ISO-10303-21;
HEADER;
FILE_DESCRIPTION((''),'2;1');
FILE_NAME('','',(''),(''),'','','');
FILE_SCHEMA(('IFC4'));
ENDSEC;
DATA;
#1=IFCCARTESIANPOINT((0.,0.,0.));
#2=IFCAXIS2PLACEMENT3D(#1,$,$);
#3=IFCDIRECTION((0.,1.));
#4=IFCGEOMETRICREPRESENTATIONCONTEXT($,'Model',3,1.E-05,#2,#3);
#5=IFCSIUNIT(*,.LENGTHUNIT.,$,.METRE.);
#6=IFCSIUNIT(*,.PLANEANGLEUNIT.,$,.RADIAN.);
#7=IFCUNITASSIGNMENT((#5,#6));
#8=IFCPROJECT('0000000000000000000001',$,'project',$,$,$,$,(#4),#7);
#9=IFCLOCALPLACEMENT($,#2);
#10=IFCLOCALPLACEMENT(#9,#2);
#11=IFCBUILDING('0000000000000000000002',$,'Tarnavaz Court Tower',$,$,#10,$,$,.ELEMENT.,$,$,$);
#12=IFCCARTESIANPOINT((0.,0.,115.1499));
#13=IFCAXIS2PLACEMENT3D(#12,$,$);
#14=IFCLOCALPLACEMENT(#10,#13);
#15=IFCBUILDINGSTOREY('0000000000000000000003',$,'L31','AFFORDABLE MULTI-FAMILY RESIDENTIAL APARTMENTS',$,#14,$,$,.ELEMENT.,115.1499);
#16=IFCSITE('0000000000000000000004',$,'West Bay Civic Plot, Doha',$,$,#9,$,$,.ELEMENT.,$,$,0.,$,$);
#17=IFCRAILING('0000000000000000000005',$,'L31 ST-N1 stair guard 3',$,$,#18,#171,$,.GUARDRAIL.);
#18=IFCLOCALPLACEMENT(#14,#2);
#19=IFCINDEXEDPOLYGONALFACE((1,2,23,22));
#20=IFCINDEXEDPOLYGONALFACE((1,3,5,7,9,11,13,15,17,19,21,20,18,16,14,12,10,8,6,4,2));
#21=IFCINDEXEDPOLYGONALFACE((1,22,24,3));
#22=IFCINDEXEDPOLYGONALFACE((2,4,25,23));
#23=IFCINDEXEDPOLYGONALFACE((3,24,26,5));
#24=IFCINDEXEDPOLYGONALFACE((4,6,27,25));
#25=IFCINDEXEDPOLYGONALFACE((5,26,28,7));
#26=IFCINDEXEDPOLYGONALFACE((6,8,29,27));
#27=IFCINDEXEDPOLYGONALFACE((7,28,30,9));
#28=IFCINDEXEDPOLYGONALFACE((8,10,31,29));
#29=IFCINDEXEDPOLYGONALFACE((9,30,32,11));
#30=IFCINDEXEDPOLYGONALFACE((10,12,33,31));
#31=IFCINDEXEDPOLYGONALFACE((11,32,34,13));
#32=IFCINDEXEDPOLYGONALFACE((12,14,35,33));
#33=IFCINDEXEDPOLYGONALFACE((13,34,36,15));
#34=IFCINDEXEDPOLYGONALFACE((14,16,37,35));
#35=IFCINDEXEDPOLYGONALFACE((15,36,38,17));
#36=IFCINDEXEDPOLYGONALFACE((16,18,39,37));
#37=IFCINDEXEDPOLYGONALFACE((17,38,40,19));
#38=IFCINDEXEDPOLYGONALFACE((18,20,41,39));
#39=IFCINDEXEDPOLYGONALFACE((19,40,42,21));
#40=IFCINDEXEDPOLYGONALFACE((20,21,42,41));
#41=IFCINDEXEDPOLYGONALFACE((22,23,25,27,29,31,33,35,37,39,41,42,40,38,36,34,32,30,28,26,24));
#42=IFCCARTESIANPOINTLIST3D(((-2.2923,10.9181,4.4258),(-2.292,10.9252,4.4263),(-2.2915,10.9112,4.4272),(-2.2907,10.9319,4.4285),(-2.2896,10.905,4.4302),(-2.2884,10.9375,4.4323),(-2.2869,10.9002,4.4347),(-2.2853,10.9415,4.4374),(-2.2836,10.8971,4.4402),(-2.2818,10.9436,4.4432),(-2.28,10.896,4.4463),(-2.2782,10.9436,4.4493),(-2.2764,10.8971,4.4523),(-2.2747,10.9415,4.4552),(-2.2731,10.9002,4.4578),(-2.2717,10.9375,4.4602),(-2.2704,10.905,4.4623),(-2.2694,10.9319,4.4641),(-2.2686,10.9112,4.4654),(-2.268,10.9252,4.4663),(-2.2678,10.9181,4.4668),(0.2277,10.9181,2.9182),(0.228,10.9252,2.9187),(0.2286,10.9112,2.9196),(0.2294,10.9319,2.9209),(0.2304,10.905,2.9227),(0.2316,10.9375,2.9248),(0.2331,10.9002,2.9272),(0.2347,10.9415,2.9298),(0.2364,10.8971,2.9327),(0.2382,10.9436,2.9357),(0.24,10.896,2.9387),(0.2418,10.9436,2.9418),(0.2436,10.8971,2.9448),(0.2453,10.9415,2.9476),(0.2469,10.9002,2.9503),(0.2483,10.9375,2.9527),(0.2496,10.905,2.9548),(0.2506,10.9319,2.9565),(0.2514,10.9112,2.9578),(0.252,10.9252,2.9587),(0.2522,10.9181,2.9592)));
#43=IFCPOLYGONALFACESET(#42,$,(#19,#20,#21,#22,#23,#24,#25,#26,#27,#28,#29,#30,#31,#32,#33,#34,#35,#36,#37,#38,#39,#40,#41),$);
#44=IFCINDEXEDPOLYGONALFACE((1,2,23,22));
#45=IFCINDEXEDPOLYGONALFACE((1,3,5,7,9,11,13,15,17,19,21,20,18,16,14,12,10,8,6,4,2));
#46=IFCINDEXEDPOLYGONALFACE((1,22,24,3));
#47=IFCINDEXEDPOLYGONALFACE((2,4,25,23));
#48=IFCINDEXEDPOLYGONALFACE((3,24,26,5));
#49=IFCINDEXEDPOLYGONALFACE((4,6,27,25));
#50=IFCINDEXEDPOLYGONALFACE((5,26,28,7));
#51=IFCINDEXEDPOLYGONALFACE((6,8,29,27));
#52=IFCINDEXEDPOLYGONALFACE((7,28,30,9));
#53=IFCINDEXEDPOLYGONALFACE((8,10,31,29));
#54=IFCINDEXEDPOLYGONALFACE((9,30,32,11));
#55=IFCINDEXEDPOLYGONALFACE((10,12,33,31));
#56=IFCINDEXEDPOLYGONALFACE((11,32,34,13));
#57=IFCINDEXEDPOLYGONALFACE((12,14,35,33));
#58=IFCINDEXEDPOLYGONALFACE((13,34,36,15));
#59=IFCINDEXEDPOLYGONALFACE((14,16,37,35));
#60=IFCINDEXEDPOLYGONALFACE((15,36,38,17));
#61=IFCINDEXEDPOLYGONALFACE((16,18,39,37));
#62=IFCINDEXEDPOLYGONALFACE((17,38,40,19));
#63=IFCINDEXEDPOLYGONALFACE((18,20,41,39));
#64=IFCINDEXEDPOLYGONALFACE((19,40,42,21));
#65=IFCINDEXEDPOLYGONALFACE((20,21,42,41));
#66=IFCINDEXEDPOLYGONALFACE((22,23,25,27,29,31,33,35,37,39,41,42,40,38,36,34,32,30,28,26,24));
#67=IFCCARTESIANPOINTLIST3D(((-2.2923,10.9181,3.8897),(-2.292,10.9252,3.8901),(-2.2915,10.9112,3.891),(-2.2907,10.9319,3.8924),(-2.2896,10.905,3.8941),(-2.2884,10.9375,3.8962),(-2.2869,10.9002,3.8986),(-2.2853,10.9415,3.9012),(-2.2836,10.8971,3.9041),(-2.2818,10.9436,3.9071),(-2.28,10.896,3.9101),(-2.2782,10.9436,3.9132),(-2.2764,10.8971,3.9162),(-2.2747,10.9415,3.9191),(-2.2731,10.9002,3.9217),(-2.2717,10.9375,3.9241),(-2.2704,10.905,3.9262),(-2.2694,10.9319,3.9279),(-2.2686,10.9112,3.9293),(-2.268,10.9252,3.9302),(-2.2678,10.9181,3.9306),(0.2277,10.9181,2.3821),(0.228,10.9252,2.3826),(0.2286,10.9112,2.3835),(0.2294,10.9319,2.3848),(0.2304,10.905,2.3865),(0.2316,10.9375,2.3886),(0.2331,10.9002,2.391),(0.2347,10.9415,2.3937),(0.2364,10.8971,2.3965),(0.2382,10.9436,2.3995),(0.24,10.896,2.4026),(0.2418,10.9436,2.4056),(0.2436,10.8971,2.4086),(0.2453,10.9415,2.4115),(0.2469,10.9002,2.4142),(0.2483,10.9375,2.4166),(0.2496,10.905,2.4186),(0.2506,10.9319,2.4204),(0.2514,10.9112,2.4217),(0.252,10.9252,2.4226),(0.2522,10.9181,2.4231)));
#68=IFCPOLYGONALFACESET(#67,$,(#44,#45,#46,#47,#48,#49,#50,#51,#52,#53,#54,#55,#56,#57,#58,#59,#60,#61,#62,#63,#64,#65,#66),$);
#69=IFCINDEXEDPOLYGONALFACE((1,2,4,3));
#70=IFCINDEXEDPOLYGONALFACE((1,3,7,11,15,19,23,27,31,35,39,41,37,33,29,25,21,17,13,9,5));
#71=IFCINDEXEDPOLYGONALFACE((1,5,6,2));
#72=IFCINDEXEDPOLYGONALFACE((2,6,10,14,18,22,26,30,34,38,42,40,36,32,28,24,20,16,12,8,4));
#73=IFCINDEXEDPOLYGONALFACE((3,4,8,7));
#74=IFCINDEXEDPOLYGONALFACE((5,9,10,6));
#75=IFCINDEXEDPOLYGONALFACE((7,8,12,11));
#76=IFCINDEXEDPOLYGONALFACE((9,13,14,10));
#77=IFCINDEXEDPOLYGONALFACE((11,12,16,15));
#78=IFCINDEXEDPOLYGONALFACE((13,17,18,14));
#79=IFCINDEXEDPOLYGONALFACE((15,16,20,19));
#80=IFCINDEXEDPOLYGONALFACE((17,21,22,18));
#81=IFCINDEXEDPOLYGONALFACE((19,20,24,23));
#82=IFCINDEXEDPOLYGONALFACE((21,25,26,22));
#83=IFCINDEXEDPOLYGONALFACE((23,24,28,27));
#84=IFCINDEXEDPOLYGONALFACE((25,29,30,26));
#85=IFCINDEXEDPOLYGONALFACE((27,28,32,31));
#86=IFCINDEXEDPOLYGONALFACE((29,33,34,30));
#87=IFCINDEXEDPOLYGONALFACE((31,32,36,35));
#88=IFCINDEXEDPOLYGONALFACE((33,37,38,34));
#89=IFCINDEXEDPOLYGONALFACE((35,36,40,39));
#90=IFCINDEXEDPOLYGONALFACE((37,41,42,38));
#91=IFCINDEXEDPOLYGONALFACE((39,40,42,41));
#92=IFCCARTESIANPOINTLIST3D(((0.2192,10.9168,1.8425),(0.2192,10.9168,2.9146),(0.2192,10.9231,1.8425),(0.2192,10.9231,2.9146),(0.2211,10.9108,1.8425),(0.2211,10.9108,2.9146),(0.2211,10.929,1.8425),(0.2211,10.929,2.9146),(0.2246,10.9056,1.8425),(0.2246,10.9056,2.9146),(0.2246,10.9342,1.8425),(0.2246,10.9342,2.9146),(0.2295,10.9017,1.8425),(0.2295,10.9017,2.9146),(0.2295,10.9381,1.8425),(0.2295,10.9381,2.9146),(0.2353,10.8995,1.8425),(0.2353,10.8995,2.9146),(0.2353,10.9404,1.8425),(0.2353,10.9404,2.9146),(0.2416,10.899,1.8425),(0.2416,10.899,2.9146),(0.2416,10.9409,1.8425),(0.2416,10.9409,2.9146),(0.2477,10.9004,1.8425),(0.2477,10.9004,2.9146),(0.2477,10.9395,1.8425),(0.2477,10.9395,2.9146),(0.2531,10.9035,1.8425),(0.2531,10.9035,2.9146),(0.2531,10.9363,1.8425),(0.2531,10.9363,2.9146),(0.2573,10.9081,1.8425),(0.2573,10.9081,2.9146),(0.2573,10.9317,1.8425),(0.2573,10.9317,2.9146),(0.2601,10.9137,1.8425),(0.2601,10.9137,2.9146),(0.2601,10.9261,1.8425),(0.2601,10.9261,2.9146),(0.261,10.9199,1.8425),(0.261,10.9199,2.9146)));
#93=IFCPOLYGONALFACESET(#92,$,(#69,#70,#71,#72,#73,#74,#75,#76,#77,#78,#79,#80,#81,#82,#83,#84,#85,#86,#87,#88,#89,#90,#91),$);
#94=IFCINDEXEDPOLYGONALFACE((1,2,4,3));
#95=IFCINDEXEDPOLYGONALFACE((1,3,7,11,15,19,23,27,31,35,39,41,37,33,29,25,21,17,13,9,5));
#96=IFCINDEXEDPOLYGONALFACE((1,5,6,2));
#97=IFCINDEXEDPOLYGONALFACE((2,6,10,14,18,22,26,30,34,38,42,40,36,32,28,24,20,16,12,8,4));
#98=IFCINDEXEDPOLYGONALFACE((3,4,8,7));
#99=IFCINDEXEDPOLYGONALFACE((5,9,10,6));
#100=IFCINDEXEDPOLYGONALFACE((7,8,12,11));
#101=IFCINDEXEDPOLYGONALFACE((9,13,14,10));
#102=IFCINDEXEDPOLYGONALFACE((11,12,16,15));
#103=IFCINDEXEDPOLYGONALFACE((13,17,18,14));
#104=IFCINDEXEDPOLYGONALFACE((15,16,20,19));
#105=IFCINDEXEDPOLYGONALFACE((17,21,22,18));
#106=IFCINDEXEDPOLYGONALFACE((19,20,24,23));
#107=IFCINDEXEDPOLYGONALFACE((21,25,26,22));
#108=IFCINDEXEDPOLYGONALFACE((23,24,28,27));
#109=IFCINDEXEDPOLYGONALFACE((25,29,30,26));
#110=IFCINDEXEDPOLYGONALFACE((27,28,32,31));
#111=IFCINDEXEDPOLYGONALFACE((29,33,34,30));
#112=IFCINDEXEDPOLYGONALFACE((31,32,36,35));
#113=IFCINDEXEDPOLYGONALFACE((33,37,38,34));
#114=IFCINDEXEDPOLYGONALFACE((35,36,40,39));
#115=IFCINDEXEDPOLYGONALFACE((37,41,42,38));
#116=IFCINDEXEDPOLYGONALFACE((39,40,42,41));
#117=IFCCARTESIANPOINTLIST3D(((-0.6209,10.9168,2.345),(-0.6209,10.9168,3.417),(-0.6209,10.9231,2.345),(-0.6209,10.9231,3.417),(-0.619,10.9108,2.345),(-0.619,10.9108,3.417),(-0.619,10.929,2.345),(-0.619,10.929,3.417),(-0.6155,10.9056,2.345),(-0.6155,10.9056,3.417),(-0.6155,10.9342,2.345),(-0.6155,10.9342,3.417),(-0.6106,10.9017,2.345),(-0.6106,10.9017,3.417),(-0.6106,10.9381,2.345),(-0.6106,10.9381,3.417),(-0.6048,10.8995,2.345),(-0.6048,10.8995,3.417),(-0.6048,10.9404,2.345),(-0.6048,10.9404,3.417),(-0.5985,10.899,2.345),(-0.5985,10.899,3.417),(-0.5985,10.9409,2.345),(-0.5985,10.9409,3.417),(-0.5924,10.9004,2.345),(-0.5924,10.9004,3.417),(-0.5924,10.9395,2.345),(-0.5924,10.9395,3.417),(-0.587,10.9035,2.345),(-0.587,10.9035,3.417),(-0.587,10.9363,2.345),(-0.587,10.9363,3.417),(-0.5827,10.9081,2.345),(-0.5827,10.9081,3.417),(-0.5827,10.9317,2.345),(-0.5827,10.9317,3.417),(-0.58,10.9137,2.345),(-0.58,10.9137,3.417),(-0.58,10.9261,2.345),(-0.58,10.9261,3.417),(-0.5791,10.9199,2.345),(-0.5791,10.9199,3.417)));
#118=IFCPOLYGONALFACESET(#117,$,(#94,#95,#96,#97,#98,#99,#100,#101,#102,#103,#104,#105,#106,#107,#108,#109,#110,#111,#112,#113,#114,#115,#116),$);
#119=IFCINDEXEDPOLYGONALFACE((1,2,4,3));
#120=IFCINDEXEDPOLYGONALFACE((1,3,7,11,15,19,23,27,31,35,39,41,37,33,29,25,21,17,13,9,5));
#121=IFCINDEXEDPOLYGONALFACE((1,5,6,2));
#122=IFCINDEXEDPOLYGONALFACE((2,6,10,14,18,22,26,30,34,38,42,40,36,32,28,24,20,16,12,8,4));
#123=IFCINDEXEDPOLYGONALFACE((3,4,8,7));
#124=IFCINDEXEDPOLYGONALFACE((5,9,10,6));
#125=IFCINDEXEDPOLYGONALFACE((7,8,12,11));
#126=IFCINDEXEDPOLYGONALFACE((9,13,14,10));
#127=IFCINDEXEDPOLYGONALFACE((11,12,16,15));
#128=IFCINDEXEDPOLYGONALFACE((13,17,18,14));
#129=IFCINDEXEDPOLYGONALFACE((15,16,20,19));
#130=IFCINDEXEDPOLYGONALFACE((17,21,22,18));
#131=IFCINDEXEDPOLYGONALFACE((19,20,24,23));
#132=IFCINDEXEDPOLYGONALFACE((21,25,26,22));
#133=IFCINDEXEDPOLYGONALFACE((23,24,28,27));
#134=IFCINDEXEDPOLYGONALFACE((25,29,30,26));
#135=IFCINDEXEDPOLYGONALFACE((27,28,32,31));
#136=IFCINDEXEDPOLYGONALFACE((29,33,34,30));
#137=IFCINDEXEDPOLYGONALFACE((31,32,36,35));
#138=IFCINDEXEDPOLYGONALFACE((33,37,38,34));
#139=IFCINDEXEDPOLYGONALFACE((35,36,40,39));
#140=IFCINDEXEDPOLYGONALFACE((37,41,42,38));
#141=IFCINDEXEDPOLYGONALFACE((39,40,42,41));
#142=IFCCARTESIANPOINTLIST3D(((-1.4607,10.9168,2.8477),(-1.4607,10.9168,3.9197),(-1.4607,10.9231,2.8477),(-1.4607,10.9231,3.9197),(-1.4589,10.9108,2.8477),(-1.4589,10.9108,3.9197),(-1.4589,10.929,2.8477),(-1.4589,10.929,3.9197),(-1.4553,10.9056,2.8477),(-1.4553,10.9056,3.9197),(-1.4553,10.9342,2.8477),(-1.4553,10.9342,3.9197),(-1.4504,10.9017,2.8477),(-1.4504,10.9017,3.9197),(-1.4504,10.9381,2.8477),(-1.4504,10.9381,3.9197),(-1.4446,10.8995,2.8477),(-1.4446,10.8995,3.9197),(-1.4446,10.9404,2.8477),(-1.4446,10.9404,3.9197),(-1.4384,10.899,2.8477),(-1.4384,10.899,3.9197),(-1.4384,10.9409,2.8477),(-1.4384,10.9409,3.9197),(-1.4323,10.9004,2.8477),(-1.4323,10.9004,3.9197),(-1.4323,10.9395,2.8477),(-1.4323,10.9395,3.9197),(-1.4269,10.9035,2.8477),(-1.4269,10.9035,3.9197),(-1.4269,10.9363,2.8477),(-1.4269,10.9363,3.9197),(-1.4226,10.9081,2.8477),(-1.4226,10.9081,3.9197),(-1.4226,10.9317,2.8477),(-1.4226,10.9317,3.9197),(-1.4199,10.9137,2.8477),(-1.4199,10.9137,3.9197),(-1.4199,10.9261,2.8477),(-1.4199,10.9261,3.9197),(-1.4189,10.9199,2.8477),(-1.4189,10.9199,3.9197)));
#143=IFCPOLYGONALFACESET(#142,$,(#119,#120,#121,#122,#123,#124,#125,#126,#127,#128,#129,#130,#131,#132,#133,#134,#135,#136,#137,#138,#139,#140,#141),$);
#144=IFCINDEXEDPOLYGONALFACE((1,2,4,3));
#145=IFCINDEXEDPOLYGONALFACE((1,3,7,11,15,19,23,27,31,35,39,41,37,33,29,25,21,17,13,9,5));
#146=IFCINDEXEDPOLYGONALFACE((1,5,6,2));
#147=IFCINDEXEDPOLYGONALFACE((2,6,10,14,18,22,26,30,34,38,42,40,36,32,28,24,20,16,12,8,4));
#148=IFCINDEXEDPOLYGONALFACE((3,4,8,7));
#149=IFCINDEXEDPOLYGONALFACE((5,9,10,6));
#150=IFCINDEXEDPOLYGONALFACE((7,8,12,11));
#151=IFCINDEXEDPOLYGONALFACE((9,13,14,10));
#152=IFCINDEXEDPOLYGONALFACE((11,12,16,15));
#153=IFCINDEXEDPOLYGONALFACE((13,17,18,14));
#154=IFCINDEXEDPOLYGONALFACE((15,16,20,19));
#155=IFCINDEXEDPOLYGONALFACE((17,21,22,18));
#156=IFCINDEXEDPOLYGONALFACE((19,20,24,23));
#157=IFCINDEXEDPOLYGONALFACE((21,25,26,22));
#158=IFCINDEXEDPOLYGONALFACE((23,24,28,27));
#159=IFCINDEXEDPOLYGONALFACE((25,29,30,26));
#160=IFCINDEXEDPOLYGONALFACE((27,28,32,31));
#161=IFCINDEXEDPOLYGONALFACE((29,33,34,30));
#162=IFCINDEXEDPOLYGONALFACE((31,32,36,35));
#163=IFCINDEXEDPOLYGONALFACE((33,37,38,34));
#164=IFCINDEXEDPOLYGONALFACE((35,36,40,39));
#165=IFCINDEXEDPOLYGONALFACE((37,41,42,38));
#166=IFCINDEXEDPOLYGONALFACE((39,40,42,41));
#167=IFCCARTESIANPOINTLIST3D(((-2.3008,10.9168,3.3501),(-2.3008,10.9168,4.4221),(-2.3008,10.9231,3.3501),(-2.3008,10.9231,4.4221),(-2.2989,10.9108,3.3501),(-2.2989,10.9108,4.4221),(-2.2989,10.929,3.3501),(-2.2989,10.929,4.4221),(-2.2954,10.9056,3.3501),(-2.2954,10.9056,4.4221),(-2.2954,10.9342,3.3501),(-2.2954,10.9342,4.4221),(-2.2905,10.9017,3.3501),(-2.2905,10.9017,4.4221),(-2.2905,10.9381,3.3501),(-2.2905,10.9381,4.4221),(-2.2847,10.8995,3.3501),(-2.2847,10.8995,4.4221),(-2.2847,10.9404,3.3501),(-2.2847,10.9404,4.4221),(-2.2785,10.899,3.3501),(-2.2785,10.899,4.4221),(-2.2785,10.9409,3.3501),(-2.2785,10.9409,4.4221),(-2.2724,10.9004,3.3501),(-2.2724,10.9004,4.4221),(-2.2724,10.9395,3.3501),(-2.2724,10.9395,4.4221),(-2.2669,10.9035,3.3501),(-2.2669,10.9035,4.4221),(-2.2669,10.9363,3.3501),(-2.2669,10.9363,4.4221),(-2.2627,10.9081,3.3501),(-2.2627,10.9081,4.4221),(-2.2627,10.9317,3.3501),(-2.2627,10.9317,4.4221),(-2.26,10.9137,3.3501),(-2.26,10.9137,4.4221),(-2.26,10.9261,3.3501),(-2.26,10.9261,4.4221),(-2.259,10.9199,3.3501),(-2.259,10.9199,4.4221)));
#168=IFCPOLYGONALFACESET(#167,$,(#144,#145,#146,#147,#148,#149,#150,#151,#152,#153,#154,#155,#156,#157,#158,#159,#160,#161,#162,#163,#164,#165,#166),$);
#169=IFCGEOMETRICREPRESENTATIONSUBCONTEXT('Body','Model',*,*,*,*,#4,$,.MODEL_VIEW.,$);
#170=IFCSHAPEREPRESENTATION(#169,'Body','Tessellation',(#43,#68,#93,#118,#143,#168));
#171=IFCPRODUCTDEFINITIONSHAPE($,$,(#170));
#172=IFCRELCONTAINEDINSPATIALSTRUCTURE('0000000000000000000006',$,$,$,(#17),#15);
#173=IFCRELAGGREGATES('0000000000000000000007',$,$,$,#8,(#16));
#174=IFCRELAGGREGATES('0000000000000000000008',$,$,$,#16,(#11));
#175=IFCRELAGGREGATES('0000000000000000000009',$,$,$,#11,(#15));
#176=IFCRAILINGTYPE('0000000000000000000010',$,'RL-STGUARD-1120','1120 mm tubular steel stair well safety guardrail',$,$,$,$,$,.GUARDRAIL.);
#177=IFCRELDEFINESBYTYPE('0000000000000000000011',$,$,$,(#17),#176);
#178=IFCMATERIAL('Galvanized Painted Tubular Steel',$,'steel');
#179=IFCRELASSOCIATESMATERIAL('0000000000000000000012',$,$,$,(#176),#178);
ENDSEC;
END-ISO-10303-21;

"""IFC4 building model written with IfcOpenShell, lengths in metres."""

from ifc_helpers import new_model, si_unit, direction, frame, origin, origin_2d, place, context, subcontext, project, spatial, circle, extrude, material, type_object, element, save


model = new_model("IFC4")

# Units and contexts
model_context = context("Model", 3, precision=1e-05, world=origin(), true_north=direction((0.0, 1.0)))
body_context = subcontext(model_context, "Body", "Model", "MODEL_VIEW")
ifc_project = project(units=[si_unit("LENGTHUNIT", "METRE"), si_unit("PLANEANGLEUNIT", "RADIAN")], contexts=[model_context])

# Site, building, storey
site_placement = place(None, origin())
site = spatial("IfcSite", under=ifc_project, at=site_placement, Name="West Bay Civic Plot, Doha", CompositionType="ELEMENT", RefElevation=0.0)
building_placement = place(site_placement, origin())
building = spatial("IfcBuilding", under=site, at=building_placement, Name="Tarnavaz Court Tower", CompositionType="ELEMENT")
storey_placement = place(building_placement, frame((0.0, 0.0, 115.1499)))
storey = spatial("IfcBuildingStorey", under=building, at=storey_placement, Name="L31", Description="AFFORDABLE MULTI-FAMILY RESIDENTIAL APARTMENTS", CompositionType="ELEMENT", Elevation=115.1499)

# Railing
ifc_material_1 = material(Name="Galvanized Painted Tubular Steel", Category="steel")
railing_type_1 = type_object("IfcRailingType", Name="RL-STGUARD-1120", Description="1120 mm tubular steel stair well safety guardrail", PredefinedType="GUARDRAIL", material=ifc_material_1)
railing_1_placement = place(storey_placement, frame((0.24, 10.9199, 1.8425)))
element("IfcRailing", 1, at=railing_1_placement, inside=storey, type_object=railing_type_1, Name="L31 ST-N1 stair guard 3", PredefinedType="GUARDRAIL", context=body_context, shape_type="SweptSolid", body=[
    extrude(circle(Radius=0.0239, at=origin_2d()), frame((0.0, 0.0, 1.0962), z_axis=(-0.85816, 0.0, 0.513383), x_axis=(0.0, -1.0, 0.0)), (0.0, 0.0, 1.0), 2.9365),
    extrude(circle(Radius=0.0239, at=origin_2d()), frame((0.0, 0.0, 0.5601), z_axis=(-0.85816, 0.0, 0.513383), x_axis=(0.0, -1.0, 0.0)), (0.0, 0.0, 1.0), 2.9365),
    extrude(circle(Radius=0.021, at=origin_2d()), origin(), (0.0, 0.0, 1.0), 1.072),
    extrude(circle(Radius=0.021, at=origin_2d()), frame((-0.8401, 0.0, 0.5024)), (0.0, 0.0, 1.0), 1.072),
    extrude(circle(Radius=0.021, at=origin_2d()), frame((-1.6799, 0.0, 1.0051)), (0.0, 0.0, 1.0), 1.072),
    extrude(circle(Radius=0.021, at=origin_2d()), frame((-2.52, 0.0, 1.5076)), (0.0, 0.0, 1.0), 1.072),
])

save(model, "model.ifc")
